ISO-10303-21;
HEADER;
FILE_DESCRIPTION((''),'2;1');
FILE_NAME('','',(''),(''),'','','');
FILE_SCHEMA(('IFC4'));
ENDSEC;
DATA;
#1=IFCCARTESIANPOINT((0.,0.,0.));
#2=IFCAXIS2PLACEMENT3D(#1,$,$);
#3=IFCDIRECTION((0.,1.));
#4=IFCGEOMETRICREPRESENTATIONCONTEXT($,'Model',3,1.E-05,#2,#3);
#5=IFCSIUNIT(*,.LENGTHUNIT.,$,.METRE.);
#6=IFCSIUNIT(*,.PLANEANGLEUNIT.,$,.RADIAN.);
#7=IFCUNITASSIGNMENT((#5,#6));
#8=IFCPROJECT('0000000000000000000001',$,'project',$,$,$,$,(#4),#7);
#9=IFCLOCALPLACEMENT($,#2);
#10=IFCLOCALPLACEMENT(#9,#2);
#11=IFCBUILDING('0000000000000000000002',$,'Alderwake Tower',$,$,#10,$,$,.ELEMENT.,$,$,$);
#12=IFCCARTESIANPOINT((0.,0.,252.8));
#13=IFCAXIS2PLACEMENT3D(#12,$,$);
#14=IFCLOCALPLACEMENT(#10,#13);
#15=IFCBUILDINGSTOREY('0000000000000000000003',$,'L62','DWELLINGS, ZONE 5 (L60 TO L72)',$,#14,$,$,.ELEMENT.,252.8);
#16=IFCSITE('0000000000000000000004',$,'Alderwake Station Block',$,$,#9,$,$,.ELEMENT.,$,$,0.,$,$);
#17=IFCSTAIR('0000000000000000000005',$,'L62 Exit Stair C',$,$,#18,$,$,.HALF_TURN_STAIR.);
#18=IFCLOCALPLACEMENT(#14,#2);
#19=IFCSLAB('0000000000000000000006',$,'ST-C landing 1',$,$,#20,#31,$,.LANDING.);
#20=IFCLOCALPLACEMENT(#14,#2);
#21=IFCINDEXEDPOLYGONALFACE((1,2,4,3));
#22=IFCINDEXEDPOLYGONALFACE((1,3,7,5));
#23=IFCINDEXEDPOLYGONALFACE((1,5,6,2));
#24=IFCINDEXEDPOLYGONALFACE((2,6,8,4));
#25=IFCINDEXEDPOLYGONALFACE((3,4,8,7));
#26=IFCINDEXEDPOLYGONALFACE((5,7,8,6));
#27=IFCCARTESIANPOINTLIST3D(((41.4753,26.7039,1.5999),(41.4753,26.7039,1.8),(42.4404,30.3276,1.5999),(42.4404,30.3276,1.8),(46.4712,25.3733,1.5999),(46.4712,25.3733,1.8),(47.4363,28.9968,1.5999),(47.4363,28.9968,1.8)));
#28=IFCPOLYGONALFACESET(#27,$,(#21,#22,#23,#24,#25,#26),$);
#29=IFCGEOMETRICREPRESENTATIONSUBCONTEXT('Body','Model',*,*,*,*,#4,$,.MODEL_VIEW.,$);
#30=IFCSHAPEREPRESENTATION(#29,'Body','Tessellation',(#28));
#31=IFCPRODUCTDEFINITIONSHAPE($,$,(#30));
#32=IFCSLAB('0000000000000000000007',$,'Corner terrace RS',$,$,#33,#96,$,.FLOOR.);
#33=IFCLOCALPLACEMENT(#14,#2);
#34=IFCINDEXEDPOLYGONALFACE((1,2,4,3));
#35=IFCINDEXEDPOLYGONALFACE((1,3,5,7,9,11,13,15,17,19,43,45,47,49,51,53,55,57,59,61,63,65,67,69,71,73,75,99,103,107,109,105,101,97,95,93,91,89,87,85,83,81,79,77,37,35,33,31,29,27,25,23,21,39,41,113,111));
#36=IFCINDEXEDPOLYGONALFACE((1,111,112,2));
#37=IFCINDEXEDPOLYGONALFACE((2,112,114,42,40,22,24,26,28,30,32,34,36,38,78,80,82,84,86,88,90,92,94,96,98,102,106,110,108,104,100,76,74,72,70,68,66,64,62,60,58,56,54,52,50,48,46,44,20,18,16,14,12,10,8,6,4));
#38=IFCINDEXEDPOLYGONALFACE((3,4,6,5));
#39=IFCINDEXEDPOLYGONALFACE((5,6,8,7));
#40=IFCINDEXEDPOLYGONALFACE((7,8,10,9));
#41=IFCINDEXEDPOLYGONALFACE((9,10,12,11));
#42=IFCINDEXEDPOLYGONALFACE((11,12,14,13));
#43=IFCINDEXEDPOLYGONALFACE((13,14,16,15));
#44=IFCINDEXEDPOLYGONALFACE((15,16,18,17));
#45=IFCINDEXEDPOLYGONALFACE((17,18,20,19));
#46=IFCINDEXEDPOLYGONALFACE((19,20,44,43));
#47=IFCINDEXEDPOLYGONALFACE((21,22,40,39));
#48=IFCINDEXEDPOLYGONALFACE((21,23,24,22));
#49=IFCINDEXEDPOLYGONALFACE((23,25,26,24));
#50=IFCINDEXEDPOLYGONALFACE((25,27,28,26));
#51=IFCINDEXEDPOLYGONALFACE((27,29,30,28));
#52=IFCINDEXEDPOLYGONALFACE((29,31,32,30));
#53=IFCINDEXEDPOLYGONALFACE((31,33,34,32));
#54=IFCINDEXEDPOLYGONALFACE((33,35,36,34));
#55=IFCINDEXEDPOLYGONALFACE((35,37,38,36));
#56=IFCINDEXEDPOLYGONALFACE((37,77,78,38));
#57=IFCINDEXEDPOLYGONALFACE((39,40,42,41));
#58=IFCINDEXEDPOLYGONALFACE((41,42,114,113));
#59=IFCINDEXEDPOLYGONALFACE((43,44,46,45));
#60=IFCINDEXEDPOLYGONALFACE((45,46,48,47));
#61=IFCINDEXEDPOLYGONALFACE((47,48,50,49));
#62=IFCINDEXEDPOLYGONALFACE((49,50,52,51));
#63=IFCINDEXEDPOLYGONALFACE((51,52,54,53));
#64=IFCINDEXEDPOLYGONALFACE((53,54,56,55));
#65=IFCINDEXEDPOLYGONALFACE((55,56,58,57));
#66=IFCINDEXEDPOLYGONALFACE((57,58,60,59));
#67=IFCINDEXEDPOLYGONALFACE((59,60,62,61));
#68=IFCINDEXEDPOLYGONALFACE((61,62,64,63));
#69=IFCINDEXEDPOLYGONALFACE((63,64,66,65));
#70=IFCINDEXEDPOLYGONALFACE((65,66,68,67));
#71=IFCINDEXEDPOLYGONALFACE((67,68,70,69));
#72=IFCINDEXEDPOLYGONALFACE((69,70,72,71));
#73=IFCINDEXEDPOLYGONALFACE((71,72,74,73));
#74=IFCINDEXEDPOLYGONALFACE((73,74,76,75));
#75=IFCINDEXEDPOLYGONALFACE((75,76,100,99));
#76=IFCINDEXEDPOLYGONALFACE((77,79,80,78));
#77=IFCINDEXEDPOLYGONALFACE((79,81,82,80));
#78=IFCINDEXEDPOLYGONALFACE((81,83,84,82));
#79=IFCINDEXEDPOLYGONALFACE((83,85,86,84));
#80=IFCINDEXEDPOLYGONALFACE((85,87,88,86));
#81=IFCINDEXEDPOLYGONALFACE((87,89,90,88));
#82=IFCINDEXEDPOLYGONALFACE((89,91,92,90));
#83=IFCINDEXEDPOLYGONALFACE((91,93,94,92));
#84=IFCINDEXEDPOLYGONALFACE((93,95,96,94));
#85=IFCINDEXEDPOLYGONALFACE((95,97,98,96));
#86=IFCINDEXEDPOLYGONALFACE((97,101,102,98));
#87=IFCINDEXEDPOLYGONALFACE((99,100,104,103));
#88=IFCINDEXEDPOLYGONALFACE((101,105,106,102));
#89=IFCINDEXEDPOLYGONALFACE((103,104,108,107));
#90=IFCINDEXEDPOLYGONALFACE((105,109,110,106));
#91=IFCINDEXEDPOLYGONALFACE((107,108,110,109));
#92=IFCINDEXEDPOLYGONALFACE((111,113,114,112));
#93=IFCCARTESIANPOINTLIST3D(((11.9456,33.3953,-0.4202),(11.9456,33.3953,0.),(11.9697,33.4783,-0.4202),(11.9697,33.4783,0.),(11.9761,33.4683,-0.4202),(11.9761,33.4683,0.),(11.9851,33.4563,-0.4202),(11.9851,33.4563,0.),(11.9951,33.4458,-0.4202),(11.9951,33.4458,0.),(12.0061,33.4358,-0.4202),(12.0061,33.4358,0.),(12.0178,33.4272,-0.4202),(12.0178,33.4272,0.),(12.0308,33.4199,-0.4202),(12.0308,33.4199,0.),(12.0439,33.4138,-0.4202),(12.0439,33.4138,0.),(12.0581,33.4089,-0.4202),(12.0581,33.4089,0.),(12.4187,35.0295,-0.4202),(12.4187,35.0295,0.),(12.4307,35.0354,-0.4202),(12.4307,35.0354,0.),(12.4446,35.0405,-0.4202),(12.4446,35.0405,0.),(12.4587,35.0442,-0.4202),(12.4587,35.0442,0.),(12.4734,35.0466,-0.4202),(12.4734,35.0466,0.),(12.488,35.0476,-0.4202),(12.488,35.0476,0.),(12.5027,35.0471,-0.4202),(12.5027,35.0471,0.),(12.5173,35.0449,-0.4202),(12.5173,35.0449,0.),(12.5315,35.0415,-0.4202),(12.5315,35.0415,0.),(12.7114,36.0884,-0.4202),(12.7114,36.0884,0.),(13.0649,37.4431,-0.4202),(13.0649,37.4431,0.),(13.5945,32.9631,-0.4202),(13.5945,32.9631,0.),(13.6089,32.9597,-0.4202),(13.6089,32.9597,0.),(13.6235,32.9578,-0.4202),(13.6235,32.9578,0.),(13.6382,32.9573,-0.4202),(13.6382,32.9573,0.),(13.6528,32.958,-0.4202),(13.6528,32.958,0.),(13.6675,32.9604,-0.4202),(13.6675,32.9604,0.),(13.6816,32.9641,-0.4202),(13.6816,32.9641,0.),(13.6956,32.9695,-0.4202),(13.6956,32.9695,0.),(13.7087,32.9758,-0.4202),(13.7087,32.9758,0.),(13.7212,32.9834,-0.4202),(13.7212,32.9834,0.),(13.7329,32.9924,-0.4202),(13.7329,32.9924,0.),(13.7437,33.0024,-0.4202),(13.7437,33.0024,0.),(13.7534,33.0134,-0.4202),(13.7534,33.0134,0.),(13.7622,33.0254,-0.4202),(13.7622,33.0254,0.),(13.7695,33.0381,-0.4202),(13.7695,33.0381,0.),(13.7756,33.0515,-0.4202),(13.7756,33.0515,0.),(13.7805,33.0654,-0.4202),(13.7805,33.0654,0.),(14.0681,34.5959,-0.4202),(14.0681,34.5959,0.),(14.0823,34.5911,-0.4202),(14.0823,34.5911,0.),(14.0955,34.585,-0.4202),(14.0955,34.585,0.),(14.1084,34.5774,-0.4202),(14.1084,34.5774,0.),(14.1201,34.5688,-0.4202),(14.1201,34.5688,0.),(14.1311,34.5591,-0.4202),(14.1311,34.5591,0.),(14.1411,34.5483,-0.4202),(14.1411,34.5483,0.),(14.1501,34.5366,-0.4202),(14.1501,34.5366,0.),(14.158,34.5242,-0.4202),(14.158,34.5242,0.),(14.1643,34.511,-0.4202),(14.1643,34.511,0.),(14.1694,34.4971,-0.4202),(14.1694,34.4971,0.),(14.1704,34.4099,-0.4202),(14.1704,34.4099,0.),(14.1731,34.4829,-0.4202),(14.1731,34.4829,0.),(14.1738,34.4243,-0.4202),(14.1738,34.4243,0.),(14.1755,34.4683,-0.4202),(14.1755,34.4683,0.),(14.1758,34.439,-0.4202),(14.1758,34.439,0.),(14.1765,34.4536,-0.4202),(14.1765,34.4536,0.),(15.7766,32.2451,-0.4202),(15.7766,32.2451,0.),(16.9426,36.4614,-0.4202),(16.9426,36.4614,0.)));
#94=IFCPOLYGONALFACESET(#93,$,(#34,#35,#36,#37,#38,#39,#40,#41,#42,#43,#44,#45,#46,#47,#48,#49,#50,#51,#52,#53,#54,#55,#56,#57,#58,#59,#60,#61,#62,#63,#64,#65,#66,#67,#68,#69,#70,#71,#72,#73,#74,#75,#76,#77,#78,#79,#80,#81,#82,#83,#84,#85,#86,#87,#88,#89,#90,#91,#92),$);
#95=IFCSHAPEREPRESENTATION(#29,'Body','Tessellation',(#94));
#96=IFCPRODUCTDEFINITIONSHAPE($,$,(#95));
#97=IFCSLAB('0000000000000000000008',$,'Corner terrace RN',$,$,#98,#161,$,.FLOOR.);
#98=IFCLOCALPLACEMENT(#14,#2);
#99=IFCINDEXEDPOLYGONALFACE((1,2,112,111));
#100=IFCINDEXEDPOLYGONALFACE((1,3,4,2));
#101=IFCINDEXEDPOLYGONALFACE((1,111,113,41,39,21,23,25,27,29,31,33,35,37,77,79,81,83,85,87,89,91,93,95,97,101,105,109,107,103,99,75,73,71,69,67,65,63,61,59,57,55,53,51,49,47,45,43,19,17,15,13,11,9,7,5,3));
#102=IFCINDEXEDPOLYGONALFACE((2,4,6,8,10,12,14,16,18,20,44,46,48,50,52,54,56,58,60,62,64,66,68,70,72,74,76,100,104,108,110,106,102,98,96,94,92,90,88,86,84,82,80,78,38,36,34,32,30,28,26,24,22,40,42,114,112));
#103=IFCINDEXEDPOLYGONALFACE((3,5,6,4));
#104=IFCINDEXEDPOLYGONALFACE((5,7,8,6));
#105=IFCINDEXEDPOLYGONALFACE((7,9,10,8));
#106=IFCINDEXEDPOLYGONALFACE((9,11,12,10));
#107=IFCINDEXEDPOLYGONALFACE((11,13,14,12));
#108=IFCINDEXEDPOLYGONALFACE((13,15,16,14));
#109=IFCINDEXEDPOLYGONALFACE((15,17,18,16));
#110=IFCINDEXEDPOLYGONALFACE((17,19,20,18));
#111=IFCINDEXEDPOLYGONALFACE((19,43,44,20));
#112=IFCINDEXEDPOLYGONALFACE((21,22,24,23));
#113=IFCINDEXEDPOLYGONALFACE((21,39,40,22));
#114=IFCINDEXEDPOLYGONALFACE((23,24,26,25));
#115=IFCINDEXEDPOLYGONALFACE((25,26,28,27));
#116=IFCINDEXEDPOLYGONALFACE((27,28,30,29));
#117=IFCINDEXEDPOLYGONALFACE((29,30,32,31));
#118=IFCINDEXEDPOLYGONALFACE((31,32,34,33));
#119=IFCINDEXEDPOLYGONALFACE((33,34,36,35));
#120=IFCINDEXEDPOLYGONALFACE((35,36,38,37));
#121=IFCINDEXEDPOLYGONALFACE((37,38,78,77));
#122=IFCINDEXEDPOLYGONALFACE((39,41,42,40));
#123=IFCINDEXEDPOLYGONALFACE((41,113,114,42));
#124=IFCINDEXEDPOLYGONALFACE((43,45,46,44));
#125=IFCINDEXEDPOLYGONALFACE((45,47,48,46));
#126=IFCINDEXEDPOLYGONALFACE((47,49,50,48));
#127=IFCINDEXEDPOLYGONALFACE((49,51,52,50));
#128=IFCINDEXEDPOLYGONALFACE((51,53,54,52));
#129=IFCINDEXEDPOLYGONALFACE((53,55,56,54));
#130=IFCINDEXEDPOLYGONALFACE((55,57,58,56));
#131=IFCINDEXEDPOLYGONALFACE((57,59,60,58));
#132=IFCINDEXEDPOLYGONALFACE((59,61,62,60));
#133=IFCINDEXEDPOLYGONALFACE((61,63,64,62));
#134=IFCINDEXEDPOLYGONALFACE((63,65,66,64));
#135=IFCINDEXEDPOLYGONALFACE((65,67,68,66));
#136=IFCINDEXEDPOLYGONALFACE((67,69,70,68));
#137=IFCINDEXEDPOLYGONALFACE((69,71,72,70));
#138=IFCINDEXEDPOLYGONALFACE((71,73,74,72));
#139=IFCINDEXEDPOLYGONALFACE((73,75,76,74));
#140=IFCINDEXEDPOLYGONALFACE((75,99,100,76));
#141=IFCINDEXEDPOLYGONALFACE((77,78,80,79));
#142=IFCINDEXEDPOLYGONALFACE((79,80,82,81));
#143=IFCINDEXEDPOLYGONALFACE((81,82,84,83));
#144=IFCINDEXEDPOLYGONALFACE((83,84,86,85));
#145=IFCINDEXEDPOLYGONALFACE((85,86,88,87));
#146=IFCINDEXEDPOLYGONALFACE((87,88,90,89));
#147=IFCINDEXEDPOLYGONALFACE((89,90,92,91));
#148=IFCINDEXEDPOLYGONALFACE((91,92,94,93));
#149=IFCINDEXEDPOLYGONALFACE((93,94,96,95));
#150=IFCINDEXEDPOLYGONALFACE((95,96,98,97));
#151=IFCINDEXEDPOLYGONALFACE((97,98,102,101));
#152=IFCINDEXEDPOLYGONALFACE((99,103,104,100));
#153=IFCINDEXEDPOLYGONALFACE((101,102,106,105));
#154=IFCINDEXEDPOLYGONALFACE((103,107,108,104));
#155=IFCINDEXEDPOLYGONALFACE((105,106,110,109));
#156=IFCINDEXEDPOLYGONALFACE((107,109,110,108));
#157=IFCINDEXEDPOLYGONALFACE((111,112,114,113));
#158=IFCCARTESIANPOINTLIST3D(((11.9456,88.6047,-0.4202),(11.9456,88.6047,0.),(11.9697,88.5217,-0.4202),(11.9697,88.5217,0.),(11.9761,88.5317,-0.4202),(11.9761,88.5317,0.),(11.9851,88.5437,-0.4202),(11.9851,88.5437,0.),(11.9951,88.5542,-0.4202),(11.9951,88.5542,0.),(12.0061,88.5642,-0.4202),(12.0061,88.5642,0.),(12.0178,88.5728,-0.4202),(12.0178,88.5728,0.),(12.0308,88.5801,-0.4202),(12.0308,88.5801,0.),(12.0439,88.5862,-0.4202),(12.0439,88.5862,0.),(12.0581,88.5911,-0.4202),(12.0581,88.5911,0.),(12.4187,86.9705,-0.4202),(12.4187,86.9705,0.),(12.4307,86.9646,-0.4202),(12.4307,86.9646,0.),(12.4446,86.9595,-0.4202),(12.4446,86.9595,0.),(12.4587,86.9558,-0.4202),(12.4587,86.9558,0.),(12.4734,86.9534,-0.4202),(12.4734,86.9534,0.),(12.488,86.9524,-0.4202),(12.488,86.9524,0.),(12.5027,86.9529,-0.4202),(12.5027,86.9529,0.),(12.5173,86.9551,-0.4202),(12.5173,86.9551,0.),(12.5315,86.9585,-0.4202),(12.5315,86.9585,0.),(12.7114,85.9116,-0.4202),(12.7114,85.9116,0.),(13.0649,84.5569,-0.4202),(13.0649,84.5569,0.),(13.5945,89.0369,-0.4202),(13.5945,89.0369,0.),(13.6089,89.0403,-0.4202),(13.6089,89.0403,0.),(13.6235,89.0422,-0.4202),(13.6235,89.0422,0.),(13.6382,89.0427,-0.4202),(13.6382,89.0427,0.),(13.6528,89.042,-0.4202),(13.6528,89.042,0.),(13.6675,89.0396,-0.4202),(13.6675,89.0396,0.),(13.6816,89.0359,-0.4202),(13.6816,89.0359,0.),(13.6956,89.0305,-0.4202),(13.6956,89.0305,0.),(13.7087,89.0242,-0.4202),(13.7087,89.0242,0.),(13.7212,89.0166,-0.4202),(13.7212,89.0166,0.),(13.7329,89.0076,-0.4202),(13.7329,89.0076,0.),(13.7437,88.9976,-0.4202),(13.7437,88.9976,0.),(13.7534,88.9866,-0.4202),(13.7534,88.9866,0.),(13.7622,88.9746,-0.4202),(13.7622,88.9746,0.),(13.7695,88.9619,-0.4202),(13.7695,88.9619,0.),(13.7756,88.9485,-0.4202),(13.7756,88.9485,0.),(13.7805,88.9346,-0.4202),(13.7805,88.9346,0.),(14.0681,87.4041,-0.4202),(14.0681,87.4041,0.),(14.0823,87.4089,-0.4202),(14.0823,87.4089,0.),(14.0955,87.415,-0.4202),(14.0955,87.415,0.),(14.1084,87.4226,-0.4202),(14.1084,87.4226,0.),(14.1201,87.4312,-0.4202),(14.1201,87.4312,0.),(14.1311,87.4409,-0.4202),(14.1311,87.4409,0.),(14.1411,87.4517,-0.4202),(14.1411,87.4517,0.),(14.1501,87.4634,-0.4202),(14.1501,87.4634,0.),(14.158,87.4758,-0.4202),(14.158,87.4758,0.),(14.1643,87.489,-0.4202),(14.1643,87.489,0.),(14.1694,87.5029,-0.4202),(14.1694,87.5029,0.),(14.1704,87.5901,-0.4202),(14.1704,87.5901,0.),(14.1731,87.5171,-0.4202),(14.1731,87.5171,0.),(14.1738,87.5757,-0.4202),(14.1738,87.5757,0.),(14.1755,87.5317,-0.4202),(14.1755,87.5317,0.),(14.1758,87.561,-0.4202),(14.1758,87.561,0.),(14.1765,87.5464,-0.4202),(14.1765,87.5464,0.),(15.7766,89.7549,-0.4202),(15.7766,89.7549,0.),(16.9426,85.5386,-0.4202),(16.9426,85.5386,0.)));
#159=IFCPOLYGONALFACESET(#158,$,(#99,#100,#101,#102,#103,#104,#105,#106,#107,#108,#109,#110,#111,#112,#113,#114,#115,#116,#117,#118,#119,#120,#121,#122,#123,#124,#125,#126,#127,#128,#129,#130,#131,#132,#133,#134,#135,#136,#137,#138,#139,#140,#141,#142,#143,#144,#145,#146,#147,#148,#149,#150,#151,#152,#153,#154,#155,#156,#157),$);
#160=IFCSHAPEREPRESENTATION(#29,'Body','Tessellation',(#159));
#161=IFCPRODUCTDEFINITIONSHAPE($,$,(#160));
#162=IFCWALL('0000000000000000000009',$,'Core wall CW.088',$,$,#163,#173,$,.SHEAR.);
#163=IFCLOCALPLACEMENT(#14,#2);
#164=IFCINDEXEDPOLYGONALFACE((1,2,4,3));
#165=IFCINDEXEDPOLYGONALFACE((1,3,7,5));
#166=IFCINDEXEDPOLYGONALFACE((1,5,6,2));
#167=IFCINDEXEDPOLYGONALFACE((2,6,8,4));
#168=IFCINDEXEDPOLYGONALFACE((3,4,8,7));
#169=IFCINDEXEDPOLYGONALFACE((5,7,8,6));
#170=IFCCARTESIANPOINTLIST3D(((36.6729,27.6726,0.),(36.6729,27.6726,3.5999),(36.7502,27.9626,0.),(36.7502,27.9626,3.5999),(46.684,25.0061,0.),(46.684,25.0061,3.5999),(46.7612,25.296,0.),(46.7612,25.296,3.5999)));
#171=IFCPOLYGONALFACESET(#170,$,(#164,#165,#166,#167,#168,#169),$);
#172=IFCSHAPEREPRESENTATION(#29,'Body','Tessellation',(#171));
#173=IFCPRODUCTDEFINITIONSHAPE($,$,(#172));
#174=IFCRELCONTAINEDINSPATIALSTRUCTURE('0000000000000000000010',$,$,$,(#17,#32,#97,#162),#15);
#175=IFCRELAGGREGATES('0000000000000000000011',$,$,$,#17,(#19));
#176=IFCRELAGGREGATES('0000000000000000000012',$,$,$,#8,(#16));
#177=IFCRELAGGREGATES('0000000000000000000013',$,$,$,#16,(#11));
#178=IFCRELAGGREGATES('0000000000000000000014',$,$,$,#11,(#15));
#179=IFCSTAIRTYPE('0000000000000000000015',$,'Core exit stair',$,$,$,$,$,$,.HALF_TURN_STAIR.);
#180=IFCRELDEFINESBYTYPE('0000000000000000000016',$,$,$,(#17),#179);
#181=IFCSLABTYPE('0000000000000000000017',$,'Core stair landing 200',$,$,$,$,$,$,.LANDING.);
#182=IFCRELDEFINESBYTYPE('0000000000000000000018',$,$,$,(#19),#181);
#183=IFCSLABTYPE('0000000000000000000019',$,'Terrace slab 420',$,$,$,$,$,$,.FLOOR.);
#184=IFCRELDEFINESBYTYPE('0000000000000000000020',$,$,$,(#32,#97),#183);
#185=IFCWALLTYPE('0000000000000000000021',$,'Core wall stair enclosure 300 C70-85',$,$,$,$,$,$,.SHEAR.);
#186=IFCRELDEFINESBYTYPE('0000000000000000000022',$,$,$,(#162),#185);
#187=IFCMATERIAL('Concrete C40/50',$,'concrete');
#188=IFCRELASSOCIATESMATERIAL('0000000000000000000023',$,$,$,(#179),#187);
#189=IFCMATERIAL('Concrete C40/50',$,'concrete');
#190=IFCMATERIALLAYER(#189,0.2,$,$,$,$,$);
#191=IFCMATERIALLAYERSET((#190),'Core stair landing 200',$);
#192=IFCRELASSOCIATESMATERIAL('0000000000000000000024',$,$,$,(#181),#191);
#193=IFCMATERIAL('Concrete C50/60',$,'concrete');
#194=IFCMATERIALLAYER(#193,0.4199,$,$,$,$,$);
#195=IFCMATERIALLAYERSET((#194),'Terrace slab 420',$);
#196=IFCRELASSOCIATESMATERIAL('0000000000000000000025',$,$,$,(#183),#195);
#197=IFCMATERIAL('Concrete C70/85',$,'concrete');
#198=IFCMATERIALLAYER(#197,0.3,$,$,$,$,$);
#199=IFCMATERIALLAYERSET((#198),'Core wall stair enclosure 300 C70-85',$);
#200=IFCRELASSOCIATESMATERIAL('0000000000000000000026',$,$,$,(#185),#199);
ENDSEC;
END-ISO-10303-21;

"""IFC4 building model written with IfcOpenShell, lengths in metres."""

from ifc_helpers import new_model, si_unit, direction, frame, frame_2d, origin, place, context, subcontext, project, spatial, polyline, rectangle, outline, extrude, material, layer, layer_set, type_object, element, aggregate, save


model = new_model("IFC4")

# Units and contexts
model_context = context("Model", 3, precision=1e-05, world=origin(), true_north=direction((0.0, 1.0)))
body_context = subcontext(model_context, "Body", "Model", "MODEL_VIEW")
ifc_project = project(units=[si_unit("LENGTHUNIT", "METRE"), si_unit("PLANEANGLEUNIT", "RADIAN")], contexts=[model_context])

# Site, building, storey
site_placement = place(None, origin())
site = spatial("IfcSite", under=ifc_project, at=site_placement, Name="Alderwake Station Block", CompositionType="ELEMENT", RefElevation=0.0)
building_placement = place(site_placement, origin())
building = spatial("IfcBuilding", under=site, at=building_placement, Name="Alderwake Tower", CompositionType="ELEMENT")
storey_placement = place(building_placement, frame((0.0, 0.0, 252.8)))
storey = spatial("IfcBuildingStorey", under=building, at=storey_placement, Name="L62", Description="DWELLINGS, ZONE 5 (L60 TO L72)", CompositionType="ELEMENT", Elevation=252.8)

# Stair, slab
ifc_material_1 = material(Name="Concrete C40/50", Category="concrete")
stair_type = type_object("IfcStairType", Name="Core exit stair", PredefinedType="HALF_TURN_STAIR", material=ifc_material_1)
ifc_material_2 = material(Name="Concrete C40/50", Category="concrete")
ifc_layer_1 = layer(ifc_material_2, 0.2)
ifc_layer_set_1 = layer_set([ifc_layer_1], Name="Core stair landing 200")
slab_type_1 = type_object("IfcSlabType", Name="Core stair landing 200", PredefinedType="LANDING", material=ifc_layer_set_1)
stair_1_placement = place(storey_placement, origin())
stair_1 = element("IfcStair", 1, at=stair_1_placement, inside=storey, type_object=stair_type, Name="L62 Exit Stair C", PredefinedType="HALF_TURN_STAIR")
slab_1_placement = place(storey_placement, frame((0.0, 0.0, 1.5999)))
slab_1 = element("IfcSlab", 2, at=slab_1_placement, type_object=slab_type_1, Name="ST-C landing 1", PredefinedType="LANDING", context=body_context, shape_type="SweptSolid", body=[
    extrude(outline(polyline([(41.4753, 26.7039), (46.4712, 25.3733), (47.4363, 28.9968), (42.4404, 30.3276), (41.4753, 26.7039)])), origin(), (0.0, 0.0, 1.0), 0.2002),
])
aggregate(stair_1, [slab_1])

# Slabs
ifc_material_3 = material(Name="Concrete C50/60", Category="concrete")
ifc_layer_2 = layer(ifc_material_3, 0.4199)
ifc_layer_set_2 = layer_set([ifc_layer_2], Name="Terrace slab 420")
slab_type_2 = type_object("IfcSlabType", Name="Terrace slab 420", PredefinedType="FLOOR", material=ifc_layer_set_2)
slab_2_placement = place(storey_placement, frame((0.0, 0.0, -0.4202)))
element("IfcSlab", 3, at=slab_2_placement, inside=storey, type_object=slab_type_2, Name="Corner terrace RS", PredefinedType="FLOOR", context=body_context, shape_type="SweptSolid", body=[
    extrude(outline(polyline([(15.7766, 32.2451), (11.9456, 33.3953), (11.9697, 33.4783), (11.9761, 33.4683), (11.9851, 33.4563), (11.9951, 33.4458), (12.0061, 33.4358), (12.0178, 33.4272), (12.0308, 33.4199), (12.0439, 33.4138), (12.0581, 33.4089), (13.5945, 32.9631), (13.6089, 32.9597), (13.6235, 32.9578), (13.6382, 32.9573), (13.6528, 32.958), (13.6675, 32.9604), (13.6816, 32.9641), (13.6956, 32.9695), (13.7087, 32.9758), (13.7212, 32.9834), (13.7329, 32.9924), (13.7437, 33.0024), (13.7534, 33.0134), (13.7622, 33.0254), (13.7695, 33.0381), (13.7756, 33.0515), (13.7805, 33.0654), (14.1704, 34.4099), (14.1738, 34.4243), (14.1758, 34.439), (14.1765, 34.4536), (14.1755, 34.4683), (14.1731, 34.4829), (14.1694, 34.4971), (14.1643, 34.511), (14.158, 34.5242), (14.1501, 34.5366), (14.1411, 34.5483), (14.1311, 34.5591), (14.1201, 34.5688), (14.1084, 34.5774), (14.0955, 34.585), (14.0823, 34.5911), (14.0681, 34.5959), (12.5315, 35.0415), (12.5173, 35.0449), (12.5027, 35.0471), (12.488, 35.0476), (12.4734, 35.0466), (12.4587, 35.0442), (12.4446, 35.0405), (12.4307, 35.0354), (12.4187, 35.0295), (12.7114, 36.0884), (13.0649, 37.4431), (16.9426, 36.4614), (15.7766, 32.2451)])), origin(), (0.0, 0.0, 1.0), 0.4202),
])
slab_3_placement = place(storey_placement, frame((0.0, 0.0, -0.4202)))
element("IfcSlab", 4, at=slab_3_placement, inside=storey, type_object=slab_type_2, Name="Corner terrace RN", PredefinedType="FLOOR", context=body_context, shape_type="SweptSolid", body=[
    extrude(outline(polyline([(12.4187, 86.9705), (12.4307, 86.9646), (12.4446, 86.9595), (12.4587, 86.9558), (12.4734, 86.9534), (12.488, 86.9524), (12.5027, 86.9529), (12.5173, 86.9551), (12.5315, 86.9585), (14.0681, 87.4041), (14.0823, 87.4089), (14.0955, 87.415), (14.1084, 87.4226), (14.1201, 87.4312), (14.1311, 87.4409), (14.1411, 87.4517), (14.1501, 87.4634), (14.158, 87.4758), (14.1643, 87.489), (14.1694, 87.5029), (14.1731, 87.5171), (14.1755, 87.5317), (14.1765, 87.5464), (14.1758, 87.561), (14.1738, 87.5757), (14.1704, 87.5901), (13.7805, 88.9346), (13.7756, 88.9485), (13.7695, 88.9619), (13.7622, 88.9746), (13.7534, 88.9866), (13.7437, 88.9976), (13.7329, 89.0076), (13.7212, 89.0166), (13.7087, 89.0242), (13.6956, 89.0305), (13.6816, 89.0359), (13.6675, 89.0396), (13.6528, 89.042), (13.6382, 89.0427), (13.6235, 89.0422), (13.6089, 89.0403), (13.5945, 89.0369), (12.0581, 88.5911), (12.0439, 88.5862), (12.0308, 88.5801), (12.0178, 88.5728), (12.0061, 88.5642), (11.9951, 88.5542), (11.9851, 88.5437), (11.9761, 88.5317), (11.9697, 88.5217), (11.9456, 88.6047), (15.7766, 89.7549), (16.9426, 85.5386), (13.0649, 84.5569), (12.7114, 85.9116), (12.4187, 86.9705)])), origin(), (0.0, 0.0, 1.0), 0.4202),
])

# Wall
ifc_material_4 = material(Name="Concrete C70/85", Category="concrete")
ifc_layer_3 = layer(ifc_material_4, 0.3)
ifc_layer_set_3 = layer_set([ifc_layer_3], Name="Core wall stair enclosure 300 C70-85")
wall_type_1 = type_object("IfcWallType", Name="Core wall stair enclosure 300 C70-85", PredefinedType="SHEAR", material=ifc_layer_set_3)
wall_1_placement = place(storey_placement, frame((36.7114, 27.8176, 0.0), z_axis=(0.0, 0.0, 1.0), x_axis=(0.966309, -0.257384, 0.0)))
element("IfcWall", 5, at=wall_1_placement, inside=storey, type_object=wall_type_1, Name="Core wall CW.088", PredefinedType="SHEAR", context=body_context, shape_type="SweptSolid", body=[
    extrude(rectangle(XDim=10.3601, YDim=0.3, at=frame_2d((5.1802, 0.0))), origin(), (0.0, 0.0, 1.0), 3.5999),
])

save(model, "model.ifc")
